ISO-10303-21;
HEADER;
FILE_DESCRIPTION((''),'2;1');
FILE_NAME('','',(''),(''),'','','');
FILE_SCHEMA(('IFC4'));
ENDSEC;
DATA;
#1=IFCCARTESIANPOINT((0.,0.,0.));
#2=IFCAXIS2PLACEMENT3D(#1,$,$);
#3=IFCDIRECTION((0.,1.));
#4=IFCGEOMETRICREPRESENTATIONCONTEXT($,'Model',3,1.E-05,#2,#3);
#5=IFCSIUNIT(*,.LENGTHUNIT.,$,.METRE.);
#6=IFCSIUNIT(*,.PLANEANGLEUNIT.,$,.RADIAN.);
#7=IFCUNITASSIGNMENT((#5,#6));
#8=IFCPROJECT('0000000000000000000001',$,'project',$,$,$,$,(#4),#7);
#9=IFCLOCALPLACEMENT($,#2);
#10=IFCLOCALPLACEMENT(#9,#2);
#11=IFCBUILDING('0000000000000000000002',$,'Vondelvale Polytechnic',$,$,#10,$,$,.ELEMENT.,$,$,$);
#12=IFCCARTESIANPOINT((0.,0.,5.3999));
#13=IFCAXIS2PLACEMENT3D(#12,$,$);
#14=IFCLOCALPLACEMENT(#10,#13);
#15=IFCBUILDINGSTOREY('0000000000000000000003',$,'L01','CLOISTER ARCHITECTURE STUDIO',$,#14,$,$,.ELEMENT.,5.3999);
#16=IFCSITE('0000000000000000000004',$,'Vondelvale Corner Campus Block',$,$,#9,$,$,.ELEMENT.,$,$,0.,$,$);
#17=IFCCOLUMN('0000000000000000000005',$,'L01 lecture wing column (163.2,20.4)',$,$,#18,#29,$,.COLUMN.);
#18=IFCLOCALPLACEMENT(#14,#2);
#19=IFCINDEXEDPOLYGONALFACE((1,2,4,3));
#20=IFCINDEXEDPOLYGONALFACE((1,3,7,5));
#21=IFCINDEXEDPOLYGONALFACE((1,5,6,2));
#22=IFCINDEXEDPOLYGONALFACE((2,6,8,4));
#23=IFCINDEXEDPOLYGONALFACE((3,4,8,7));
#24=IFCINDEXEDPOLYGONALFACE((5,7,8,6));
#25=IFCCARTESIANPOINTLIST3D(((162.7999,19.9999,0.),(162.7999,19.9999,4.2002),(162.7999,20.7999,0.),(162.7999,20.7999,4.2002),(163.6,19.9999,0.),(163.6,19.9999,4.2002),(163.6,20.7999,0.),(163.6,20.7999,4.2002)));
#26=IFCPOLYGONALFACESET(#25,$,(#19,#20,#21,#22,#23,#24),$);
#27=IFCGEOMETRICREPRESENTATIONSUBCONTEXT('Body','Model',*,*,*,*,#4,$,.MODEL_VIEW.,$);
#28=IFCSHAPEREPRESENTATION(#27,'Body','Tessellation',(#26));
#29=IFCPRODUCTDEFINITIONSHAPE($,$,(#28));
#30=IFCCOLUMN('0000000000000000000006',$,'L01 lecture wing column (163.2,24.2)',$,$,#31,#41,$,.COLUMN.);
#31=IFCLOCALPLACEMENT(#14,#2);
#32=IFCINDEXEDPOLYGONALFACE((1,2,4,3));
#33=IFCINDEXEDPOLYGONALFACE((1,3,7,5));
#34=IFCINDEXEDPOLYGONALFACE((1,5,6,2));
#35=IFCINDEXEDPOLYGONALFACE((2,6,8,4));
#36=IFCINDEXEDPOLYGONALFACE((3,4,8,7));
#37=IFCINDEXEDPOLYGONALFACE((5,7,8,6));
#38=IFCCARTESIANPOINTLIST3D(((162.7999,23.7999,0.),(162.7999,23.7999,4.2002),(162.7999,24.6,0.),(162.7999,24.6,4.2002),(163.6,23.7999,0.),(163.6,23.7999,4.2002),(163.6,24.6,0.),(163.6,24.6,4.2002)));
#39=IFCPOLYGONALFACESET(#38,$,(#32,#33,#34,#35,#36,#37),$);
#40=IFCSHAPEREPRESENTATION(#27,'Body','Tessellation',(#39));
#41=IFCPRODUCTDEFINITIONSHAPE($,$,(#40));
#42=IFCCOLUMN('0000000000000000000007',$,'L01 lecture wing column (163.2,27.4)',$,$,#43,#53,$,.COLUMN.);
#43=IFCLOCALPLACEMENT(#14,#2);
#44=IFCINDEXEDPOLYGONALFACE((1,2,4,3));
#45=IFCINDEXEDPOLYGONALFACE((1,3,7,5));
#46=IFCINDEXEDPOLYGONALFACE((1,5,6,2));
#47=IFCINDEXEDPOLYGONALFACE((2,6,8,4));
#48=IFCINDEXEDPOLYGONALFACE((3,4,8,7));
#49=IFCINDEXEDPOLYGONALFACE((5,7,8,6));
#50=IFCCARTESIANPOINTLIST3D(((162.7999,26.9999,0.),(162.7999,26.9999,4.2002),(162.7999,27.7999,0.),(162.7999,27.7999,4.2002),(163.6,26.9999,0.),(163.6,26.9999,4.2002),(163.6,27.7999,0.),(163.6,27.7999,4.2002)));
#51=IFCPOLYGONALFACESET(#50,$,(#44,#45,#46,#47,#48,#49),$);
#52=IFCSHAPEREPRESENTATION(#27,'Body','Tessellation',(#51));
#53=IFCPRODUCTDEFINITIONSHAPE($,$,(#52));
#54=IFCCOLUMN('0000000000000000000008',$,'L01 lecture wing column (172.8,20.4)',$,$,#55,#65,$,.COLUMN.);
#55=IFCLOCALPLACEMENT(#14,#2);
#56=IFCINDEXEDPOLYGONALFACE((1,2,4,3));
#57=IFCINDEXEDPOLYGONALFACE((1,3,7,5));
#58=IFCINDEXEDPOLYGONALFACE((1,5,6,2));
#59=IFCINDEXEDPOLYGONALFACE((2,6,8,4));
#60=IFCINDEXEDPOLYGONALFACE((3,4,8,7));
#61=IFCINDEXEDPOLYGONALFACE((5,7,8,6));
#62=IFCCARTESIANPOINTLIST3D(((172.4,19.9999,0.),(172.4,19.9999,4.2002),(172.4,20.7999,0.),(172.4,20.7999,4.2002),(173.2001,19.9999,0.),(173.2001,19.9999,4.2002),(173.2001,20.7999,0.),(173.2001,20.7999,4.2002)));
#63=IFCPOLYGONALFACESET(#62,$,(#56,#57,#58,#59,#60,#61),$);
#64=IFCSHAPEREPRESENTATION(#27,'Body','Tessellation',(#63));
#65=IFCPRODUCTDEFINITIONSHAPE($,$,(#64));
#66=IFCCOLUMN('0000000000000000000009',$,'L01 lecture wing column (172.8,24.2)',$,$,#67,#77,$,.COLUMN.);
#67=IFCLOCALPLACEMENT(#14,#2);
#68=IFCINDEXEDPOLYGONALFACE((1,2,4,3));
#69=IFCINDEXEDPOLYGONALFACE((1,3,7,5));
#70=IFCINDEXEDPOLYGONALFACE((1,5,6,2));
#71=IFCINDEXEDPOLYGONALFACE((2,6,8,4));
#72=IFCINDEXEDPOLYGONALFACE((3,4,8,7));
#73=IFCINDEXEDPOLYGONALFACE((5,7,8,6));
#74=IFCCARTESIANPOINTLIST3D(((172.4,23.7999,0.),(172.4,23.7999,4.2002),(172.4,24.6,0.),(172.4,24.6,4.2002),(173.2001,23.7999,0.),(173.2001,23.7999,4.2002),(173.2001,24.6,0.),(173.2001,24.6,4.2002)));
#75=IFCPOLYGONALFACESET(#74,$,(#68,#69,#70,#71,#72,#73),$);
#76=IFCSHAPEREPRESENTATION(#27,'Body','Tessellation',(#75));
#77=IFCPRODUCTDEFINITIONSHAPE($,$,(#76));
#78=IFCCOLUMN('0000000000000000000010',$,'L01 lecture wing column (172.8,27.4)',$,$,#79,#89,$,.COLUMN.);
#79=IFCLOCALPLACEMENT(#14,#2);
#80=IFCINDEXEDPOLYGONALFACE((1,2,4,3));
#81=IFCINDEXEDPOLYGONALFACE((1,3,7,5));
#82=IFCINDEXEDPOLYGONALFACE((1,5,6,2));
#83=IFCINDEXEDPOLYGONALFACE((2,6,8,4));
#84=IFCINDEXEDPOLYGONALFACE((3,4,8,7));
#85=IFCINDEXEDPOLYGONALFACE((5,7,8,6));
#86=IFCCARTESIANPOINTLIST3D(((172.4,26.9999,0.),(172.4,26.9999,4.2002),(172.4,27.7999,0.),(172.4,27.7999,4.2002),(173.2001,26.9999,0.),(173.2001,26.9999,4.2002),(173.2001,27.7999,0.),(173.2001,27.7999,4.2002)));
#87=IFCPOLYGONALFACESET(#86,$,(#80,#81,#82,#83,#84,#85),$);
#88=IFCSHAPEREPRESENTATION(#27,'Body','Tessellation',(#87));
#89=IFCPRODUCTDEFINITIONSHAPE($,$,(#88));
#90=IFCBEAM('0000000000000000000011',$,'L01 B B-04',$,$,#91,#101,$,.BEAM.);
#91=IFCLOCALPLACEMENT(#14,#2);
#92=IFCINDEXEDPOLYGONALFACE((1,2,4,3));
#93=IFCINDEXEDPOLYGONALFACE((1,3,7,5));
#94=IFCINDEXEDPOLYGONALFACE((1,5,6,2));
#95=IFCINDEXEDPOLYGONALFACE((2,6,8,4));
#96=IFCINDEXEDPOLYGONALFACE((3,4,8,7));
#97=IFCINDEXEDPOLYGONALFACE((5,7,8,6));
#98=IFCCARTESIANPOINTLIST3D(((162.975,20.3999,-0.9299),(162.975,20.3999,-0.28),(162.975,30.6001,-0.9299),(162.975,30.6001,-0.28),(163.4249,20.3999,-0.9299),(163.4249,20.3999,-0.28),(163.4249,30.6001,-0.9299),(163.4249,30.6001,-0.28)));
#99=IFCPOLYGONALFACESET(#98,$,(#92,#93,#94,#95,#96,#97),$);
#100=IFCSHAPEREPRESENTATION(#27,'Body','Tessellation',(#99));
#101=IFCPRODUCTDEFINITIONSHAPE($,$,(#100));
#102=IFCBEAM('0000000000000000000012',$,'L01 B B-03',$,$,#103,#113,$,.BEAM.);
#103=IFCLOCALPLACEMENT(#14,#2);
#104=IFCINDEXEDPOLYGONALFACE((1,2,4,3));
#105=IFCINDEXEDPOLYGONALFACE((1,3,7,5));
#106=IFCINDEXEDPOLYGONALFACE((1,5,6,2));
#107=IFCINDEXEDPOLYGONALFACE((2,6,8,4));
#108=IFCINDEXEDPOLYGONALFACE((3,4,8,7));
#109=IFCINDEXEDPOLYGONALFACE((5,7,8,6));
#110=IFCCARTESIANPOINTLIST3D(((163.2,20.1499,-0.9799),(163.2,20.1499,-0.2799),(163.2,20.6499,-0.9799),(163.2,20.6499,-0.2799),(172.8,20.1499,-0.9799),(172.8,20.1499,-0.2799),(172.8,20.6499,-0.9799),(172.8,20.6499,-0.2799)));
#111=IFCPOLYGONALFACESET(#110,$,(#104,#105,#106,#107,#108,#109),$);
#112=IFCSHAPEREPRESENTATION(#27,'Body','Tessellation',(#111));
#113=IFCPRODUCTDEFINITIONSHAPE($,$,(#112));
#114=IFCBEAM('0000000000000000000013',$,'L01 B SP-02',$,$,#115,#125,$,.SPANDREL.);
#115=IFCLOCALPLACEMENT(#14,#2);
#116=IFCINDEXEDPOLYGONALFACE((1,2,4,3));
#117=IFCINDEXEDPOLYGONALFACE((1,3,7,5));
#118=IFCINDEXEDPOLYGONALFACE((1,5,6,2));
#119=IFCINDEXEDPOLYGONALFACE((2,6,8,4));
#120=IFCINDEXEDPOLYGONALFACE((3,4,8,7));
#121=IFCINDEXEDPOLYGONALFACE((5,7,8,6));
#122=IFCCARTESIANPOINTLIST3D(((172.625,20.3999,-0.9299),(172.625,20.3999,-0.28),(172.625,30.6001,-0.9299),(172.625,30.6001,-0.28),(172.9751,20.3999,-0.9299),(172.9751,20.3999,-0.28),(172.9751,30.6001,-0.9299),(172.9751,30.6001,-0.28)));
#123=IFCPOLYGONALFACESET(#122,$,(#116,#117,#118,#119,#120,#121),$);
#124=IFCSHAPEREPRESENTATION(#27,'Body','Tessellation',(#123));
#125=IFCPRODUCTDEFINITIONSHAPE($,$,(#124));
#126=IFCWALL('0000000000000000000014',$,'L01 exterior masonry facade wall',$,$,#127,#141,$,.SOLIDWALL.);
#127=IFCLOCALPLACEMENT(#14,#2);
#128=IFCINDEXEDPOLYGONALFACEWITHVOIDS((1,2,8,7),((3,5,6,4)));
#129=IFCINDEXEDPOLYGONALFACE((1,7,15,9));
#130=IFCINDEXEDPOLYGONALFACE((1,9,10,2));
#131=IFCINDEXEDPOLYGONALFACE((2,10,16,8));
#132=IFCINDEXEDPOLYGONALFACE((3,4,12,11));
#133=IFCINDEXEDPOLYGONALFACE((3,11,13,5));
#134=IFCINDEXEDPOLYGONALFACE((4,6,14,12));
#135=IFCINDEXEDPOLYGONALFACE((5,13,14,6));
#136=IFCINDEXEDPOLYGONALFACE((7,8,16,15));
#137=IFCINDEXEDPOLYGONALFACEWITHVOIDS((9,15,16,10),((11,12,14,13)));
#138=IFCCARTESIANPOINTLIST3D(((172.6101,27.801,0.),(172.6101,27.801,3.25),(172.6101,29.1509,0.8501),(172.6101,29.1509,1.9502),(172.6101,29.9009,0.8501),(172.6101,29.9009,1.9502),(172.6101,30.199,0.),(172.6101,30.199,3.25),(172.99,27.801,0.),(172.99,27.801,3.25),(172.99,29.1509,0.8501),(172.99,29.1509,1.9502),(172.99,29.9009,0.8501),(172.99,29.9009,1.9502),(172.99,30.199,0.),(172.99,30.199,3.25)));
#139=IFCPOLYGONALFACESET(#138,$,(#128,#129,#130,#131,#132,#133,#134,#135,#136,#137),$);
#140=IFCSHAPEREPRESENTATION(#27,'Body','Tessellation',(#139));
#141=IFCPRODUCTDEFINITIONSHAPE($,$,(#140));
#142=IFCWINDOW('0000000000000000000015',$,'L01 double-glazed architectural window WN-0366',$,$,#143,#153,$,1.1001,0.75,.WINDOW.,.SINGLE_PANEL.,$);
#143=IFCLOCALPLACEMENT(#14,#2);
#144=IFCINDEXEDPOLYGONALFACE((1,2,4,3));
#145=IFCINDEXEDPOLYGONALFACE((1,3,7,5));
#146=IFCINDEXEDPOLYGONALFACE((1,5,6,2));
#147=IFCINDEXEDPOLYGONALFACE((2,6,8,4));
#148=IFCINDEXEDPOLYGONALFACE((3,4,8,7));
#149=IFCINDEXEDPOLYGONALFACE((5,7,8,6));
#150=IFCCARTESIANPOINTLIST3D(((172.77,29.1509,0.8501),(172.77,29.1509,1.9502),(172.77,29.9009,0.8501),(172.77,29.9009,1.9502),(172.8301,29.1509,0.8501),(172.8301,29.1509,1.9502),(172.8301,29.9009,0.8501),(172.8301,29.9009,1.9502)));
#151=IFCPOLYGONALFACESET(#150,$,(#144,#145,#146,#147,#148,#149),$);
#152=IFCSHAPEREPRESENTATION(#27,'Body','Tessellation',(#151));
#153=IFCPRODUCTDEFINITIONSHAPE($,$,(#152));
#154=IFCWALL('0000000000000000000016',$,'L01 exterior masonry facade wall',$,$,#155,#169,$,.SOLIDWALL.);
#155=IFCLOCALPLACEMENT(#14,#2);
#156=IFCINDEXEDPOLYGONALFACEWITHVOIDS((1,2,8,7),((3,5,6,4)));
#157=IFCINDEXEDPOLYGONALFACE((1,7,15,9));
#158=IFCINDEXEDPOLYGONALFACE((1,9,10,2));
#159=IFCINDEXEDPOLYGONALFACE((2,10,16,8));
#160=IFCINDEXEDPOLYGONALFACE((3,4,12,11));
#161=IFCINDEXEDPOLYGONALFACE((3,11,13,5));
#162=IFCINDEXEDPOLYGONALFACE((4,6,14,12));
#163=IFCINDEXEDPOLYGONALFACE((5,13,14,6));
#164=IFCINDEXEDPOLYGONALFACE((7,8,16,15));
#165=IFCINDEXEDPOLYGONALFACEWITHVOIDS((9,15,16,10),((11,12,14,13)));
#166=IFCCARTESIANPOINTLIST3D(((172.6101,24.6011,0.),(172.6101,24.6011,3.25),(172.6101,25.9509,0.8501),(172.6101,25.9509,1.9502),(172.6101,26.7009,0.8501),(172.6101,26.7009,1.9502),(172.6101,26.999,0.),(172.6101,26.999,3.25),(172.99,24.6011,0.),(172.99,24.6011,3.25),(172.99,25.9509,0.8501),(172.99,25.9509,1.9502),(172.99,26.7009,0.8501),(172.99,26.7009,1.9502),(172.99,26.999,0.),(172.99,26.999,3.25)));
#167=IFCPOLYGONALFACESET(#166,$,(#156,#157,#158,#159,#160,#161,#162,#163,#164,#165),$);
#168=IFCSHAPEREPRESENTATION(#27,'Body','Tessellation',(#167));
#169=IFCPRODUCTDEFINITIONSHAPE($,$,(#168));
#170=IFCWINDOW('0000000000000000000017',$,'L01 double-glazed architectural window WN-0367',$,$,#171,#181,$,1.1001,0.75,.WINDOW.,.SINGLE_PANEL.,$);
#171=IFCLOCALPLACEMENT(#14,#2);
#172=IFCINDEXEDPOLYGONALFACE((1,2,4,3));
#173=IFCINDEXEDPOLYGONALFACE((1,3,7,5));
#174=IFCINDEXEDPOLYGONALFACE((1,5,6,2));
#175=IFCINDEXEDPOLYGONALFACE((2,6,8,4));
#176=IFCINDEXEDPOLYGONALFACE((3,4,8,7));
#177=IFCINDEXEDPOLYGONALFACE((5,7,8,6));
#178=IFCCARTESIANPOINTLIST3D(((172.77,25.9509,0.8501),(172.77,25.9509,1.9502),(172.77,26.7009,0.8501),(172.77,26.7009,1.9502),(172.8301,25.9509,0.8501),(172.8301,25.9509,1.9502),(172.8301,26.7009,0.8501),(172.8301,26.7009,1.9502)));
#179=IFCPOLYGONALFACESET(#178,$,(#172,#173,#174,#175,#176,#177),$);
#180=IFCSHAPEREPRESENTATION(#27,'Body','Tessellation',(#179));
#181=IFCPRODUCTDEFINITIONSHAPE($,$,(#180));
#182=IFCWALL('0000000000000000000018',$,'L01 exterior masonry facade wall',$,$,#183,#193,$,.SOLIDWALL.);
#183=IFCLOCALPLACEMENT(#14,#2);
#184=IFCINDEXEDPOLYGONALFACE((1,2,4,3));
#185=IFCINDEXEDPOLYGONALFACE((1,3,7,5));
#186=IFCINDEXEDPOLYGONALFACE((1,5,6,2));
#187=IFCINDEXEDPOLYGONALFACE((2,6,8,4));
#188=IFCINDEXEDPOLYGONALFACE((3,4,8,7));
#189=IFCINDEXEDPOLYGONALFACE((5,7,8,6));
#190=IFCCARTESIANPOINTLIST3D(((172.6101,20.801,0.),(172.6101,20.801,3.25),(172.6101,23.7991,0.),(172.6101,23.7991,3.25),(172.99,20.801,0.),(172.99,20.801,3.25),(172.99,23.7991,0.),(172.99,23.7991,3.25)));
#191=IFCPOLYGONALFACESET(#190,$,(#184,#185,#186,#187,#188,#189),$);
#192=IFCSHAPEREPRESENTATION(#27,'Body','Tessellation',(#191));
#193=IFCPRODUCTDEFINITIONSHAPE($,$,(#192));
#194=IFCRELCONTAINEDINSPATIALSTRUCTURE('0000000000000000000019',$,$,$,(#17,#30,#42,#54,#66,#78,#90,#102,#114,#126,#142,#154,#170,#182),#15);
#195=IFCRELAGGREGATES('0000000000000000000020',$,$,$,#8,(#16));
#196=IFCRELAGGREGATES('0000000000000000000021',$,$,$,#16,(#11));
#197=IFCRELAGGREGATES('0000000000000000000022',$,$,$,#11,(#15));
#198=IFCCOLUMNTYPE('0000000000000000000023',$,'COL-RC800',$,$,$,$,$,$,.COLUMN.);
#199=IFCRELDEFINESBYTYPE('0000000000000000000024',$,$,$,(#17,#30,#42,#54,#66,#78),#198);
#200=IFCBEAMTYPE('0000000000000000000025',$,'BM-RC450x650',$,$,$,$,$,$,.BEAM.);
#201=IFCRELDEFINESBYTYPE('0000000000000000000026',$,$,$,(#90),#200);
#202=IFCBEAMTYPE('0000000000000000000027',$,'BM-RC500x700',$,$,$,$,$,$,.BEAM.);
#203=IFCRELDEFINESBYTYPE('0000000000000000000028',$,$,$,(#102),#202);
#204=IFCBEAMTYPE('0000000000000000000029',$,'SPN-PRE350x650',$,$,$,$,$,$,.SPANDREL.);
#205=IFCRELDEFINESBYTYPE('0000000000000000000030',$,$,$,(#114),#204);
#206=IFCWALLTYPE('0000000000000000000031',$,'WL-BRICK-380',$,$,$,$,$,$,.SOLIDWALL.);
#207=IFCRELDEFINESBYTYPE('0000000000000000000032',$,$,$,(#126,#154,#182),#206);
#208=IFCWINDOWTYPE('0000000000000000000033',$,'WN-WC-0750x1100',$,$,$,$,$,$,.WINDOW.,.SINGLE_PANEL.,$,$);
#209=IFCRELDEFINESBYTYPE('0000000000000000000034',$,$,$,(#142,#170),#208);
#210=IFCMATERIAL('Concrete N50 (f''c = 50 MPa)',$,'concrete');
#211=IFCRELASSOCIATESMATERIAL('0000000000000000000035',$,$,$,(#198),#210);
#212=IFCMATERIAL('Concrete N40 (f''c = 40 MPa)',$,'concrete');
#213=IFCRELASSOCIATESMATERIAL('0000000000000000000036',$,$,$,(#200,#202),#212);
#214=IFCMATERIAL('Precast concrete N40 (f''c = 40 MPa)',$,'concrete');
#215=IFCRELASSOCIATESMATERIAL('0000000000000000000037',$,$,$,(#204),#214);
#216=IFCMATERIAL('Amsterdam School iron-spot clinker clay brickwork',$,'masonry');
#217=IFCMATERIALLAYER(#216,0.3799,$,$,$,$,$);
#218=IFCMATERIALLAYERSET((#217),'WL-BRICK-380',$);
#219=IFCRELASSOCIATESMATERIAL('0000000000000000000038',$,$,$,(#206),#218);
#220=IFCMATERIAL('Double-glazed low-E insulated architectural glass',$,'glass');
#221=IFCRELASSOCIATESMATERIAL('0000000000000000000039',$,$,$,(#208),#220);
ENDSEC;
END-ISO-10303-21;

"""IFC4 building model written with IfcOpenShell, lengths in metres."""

from ifc_helpers import new_model, si_unit, direction, frame, frame_2d, origin, origin_2d, place, context, subcontext, project, spatial, rectangle, extrude, material, layer, layer_set, material_profile, profile_set, type_object, element, fill, save


model = new_model("IFC4")

# Units and contexts
model_context = context("Model", 3, precision=1e-05, world=origin(), true_north=direction((0.0, 1.0)))
body_context = subcontext(model_context, "Body", "Model", "MODEL_VIEW")
ifc_project = project(units=[si_unit("LENGTHUNIT", "METRE"), si_unit("PLANEANGLEUNIT", "RADIAN")], contexts=[model_context])

# Site, building, storey
site_placement = place(None, origin())
site = spatial("IfcSite", under=ifc_project, at=site_placement, Name="Vondelvale Corner Campus Block", CompositionType="ELEMENT", RefElevation=0.0)
building_placement = place(site_placement, origin())
building = spatial("IfcBuilding", under=site, at=building_placement, Name="Vondelvale Polytechnic", CompositionType="ELEMENT")
storey_placement = place(building_placement, frame((0.0, 0.0, 5.3999)))
storey = spatial("IfcBuildingStorey", under=building, at=storey_placement, Name="L01", Description="CLOISTER ARCHITECTURE STUDIO", CompositionType="ELEMENT", Elevation=5.3999)

# Columns
ifc_material_1 = material(Name="Concrete N50 (f'c = 50 MPa)", Category="concrete")
ifc_material_profile_1 = material_profile(ifc_material_1, rectangle(XDim=0.8, YDim=0.8, at=origin_2d()), Name="RC-COL-800x800")
ifc_profile_set_1 = profile_set([ifc_material_profile_1], Name="Concrete N50 (f'c = 50 MPa)")
column_type = type_object("IfcColumnType", Name="COL-RC800", PredefinedType="COLUMN", material=ifc_profile_set_1)
for number, where, z_axis, x_axis, name in (
    (1, (163.2, 20.3999, 0.0), (0.0, 0.0, 1.0), (1.0, 0.0, 0.0), "L01 lecture wing column (163.2,20.4)"),
    (2, (163.2, 24.2, 0.0), (0.0, 0.0, 1.0), (1.0, 0.0, 0.0), "L01 lecture wing column (163.2,24.2)"),
    (3, (163.2, 27.3999, 0.0), (0.0, 0.0, 1.0), (1.0, 0.0, 0.0), "L01 lecture wing column (163.2,27.4)"),
    (4, (172.8, 20.3999, 0.0), (0.0, 0.0, 1.0), (1.0, 0.0, 0.0), "L01 lecture wing column (172.8,20.4)"),
    (5, (172.8, 24.2, 0.0), (0.0, 0.0, 1.0), (1.0, 0.0, 0.0), "L01 lecture wing column (172.8,24.2)"),
    (6, (172.8, 27.3999, 0.0), (0.0, 0.0, 1.0), (1.0, 0.0, 0.0), "L01 lecture wing column (172.8,27.4)"),
):
    element("IfcColumn", number, at=place(storey_placement, frame(where, z_axis=z_axis, x_axis=x_axis)), inside=storey, type_object=column_type, Name=name, PredefinedType="COLUMN", context=body_context, shape_type="SweptSolid", body=[
        extrude(rectangle(XDim=0.8, YDim=0.8, at=origin_2d()), origin(), (0.0, 0.0, 1.0), 4.2002),
    ])

# Beams
ifc_material_2 = material(Name="Concrete N40 (f'c = 40 MPa)", Category="concrete")
ifc_material_profile_2 = material_profile(ifc_material_2, rectangle(XDim=0.45, YDim=0.6499, at=origin_2d()), Name="RC-BM-450x650")
ifc_profile_set_2 = profile_set([ifc_material_profile_2], Name="Concrete N40 (f'c = 40 MPa)")
beam_type_1 = type_object("IfcBeamType", Name="BM-RC450x650", PredefinedType="BEAM", material=ifc_profile_set_2)
beam_1_placement = place(storey_placement, frame((163.2, 20.3999, -0.605), z_axis=(0.0, 1.0, 0.0), x_axis=(-1.0, 0.0, 0.0)))
element("IfcBeam", 7, at=beam_1_placement, inside=storey, type_object=beam_type_1, Name="L01 B B-04", PredefinedType="BEAM", context=body_context, shape_type="SweptSolid", body=[
    extrude(rectangle(XDim=0.45, YDim=0.6499, at=origin_2d()), origin(), (0.0, 0.0, 1.0), 10.2002),
])
ifc_material_profile_3 = material_profile(ifc_material_2, rectangle(XDim=0.5, YDim=0.7, at=origin_2d()), Name="RC-BM-500x700")
ifc_profile_set_3 = profile_set([ifc_material_profile_3], Name="Concrete N40 (f'c = 40 MPa)")
beam_type_2 = type_object("IfcBeamType", Name="BM-RC500x700", PredefinedType="BEAM", material=ifc_profile_set_3)
beam_2_placement = place(storey_placement, frame((163.2, 20.3999, -0.6299), z_axis=(1.0, 0.0, 0.0), x_axis=(0.0, 1.0, 0.0)))
element("IfcBeam", 8, at=beam_2_placement, inside=storey, type_object=beam_type_2, Name="L01 B B-03", PredefinedType="BEAM", context=body_context, shape_type="SweptSolid", body=[
    extrude(rectangle(XDim=0.5, YDim=0.7, at=origin_2d()), origin(), (0.0, 0.0, 1.0), 9.6001),
])
ifc_material_3 = material(Name="Precast concrete N40 (f'c = 40 MPa)", Category="concrete")
ifc_material_profile_4 = material_profile(ifc_material_3, rectangle(XDim=0.3501, YDim=0.6499, at=origin_2d()), Name="RC-SPN-350x650")
ifc_profile_set_4 = profile_set([ifc_material_profile_4], Name="Precast concrete N40 (f'c = 40 MPa)")
beam_type_3 = type_object("IfcBeamType", Name="SPN-PRE350x650", PredefinedType="SPANDREL", material=ifc_profile_set_4)
beam_3_placement = place(storey_placement, frame((172.8, 20.3999, -0.605), z_axis=(0.0, 1.0, 0.0), x_axis=(-1.0, 0.0, 0.0)))
element("IfcBeam", 9, at=beam_3_placement, inside=storey, type_object=beam_type_3, Name="L01 B SP-02", PredefinedType="SPANDREL", context=body_context, shape_type="SweptSolid", body=[
    extrude(rectangle(XDim=0.3501, YDim=0.6499, at=origin_2d()), origin(), (0.0, 0.0, 1.0), 10.2002),
])

# Walls, openings, windows
ifc_material_4 = material(Name="Amsterdam School iron-spot clinker clay brickwork", Category="masonry")
ifc_layer_1 = layer(ifc_material_4, 0.3799)
ifc_layer_set_1 = layer_set([ifc_layer_1], Name="WL-BRICK-380")
wall_type_1 = type_object("IfcWallType", Name="WL-BRICK-380", PredefinedType="SOLIDWALL", material=ifc_layer_set_1)
wall_1_placement = place(storey_placement, frame((172.8, 30.199, 0.0), z_axis=(0.0, 0.0, 1.0), x_axis=(0.0, -1.0, 0.0)))
wall_1 = element("IfcWall", 10, at=wall_1_placement, inside=storey, type_object=wall_type_1, Name="L01 exterior masonry facade wall", PredefinedType="SOLIDWALL", context=body_context, shape_type="SweptSolid", body=[
    extrude(rectangle(XDim=2.3979, YDim=0.3799, at=frame_2d((1.199, 0.0))), origin(), (0.0, 0.0, 1.0), 3.25),
])
opening_1_placement = place(wall_1_placement, frame((0.2981, 0.0, 0.8501)))
opening_1 = element("IfcOpeningElement", 11, at=opening_1_placement, cuts=wall_1, PredefinedType="OPENING", context=body_context, shape_type="SweptSolid", body=[
    extrude(rectangle(XDim=0.75, YDim=1.1001, at=frame_2d((0.375, 0.55))), frame((0.0, 0.2, 0.0), z_axis=(0.0, -1.0, 0.0), x_axis=(1.0, 0.0, 0.0)), (0.0, 0.0, 1.0), 0.3999),
])
ifc_material_5 = material(Name="Double-glazed low-E insulated architectural glass", Category="glass")
window_type = type_object("IfcWindowType", Name="WN-WC-0750x1100", PartitioningType="SINGLE_PANEL", PredefinedType="WINDOW", material=ifc_material_5)
window_1_placement = place(opening_1_placement, origin())
window_1 = element("IfcWindow", 12, at=window_1_placement, inside=storey, type_object=window_type, Name="L01 double-glazed architectural window WN-0366", OverallHeight=1.1001, OverallWidth=0.75, PartitioningType="SINGLE_PANEL", PredefinedType="WINDOW", context=body_context, shape_type="SweptSolid", body=[
    extrude(rectangle(XDim=0.75, YDim=1.1001, at=frame_2d((0.375, 0.55))), frame((0.0, 0.03, 0.0), z_axis=(0.0, -1.0, 0.0), x_axis=(1.0, 0.0, 0.0)), (0.0, 0.0, 1.0), 0.0601),
])
fill(opening_1, window_1)
wall_2_placement = place(storey_placement, frame((172.8, 26.999, 0.0), z_axis=(0.0, 0.0, 1.0), x_axis=(0.0, -1.0, 0.0)))
wall_2 = element("IfcWall", 13, at=wall_2_placement, inside=storey, type_object=wall_type_1, Name="L01 exterior masonry facade wall", PredefinedType="SOLIDWALL", context=body_context, shape_type="SweptSolid", body=[
    extrude(rectangle(XDim=2.3979, YDim=0.3799, at=frame_2d((1.199, 0.0))), origin(), (0.0, 0.0, 1.0), 3.25),
])
opening_2_placement = place(wall_2_placement, frame((0.2981, 0.0, 0.8501)))
opening_2 = element("IfcOpeningElement", 14, at=opening_2_placement, cuts=wall_2, PredefinedType="OPENING", context=body_context, shape_type="SweptSolid", body=[
    extrude(rectangle(XDim=0.75, YDim=1.1001, at=frame_2d((0.375, 0.55))), frame((0.0, 0.2, 0.0), z_axis=(0.0, -1.0, 0.0), x_axis=(1.0, 0.0, 0.0)), (0.0, 0.0, 1.0), 0.3999),
])
window_2_placement = place(opening_2_placement, origin())
window_2 = element("IfcWindow", 15, at=window_2_placement, inside=storey, type_object=window_type, Name="L01 double-glazed architectural window WN-0367", OverallHeight=1.1001, OverallWidth=0.75, PartitioningType="SINGLE_PANEL", PredefinedType="WINDOW", context=body_context, shape_type="SweptSolid", body=[
    extrude(rectangle(XDim=0.75, YDim=1.1001, at=frame_2d((0.375, 0.55))), frame((0.0, 0.03, 0.0), z_axis=(0.0, -1.0, 0.0), x_axis=(1.0, 0.0, 0.0)), (0.0, 0.0, 1.0), 0.0601),
])
fill(opening_2, window_2)

# Wall
wall_3_placement = place(storey_placement, frame((172.8, 23.7991, 0.0), z_axis=(0.0, 0.0, 1.0), x_axis=(0.0, -1.0, 0.0)))
element("IfcWall", 16, at=wall_3_placement, inside=storey, type_object=wall_type_1, Name="L01 exterior masonry facade wall", PredefinedType="SOLIDWALL", context=body_context, shape_type="SweptSolid", body=[
    extrude(rectangle(XDim=2.998, YDim=0.3799, at=frame_2d((1.499, 0.0))), origin(), (0.0, 0.0, 1.0), 3.25),
])

save(model, "model.ifc")
